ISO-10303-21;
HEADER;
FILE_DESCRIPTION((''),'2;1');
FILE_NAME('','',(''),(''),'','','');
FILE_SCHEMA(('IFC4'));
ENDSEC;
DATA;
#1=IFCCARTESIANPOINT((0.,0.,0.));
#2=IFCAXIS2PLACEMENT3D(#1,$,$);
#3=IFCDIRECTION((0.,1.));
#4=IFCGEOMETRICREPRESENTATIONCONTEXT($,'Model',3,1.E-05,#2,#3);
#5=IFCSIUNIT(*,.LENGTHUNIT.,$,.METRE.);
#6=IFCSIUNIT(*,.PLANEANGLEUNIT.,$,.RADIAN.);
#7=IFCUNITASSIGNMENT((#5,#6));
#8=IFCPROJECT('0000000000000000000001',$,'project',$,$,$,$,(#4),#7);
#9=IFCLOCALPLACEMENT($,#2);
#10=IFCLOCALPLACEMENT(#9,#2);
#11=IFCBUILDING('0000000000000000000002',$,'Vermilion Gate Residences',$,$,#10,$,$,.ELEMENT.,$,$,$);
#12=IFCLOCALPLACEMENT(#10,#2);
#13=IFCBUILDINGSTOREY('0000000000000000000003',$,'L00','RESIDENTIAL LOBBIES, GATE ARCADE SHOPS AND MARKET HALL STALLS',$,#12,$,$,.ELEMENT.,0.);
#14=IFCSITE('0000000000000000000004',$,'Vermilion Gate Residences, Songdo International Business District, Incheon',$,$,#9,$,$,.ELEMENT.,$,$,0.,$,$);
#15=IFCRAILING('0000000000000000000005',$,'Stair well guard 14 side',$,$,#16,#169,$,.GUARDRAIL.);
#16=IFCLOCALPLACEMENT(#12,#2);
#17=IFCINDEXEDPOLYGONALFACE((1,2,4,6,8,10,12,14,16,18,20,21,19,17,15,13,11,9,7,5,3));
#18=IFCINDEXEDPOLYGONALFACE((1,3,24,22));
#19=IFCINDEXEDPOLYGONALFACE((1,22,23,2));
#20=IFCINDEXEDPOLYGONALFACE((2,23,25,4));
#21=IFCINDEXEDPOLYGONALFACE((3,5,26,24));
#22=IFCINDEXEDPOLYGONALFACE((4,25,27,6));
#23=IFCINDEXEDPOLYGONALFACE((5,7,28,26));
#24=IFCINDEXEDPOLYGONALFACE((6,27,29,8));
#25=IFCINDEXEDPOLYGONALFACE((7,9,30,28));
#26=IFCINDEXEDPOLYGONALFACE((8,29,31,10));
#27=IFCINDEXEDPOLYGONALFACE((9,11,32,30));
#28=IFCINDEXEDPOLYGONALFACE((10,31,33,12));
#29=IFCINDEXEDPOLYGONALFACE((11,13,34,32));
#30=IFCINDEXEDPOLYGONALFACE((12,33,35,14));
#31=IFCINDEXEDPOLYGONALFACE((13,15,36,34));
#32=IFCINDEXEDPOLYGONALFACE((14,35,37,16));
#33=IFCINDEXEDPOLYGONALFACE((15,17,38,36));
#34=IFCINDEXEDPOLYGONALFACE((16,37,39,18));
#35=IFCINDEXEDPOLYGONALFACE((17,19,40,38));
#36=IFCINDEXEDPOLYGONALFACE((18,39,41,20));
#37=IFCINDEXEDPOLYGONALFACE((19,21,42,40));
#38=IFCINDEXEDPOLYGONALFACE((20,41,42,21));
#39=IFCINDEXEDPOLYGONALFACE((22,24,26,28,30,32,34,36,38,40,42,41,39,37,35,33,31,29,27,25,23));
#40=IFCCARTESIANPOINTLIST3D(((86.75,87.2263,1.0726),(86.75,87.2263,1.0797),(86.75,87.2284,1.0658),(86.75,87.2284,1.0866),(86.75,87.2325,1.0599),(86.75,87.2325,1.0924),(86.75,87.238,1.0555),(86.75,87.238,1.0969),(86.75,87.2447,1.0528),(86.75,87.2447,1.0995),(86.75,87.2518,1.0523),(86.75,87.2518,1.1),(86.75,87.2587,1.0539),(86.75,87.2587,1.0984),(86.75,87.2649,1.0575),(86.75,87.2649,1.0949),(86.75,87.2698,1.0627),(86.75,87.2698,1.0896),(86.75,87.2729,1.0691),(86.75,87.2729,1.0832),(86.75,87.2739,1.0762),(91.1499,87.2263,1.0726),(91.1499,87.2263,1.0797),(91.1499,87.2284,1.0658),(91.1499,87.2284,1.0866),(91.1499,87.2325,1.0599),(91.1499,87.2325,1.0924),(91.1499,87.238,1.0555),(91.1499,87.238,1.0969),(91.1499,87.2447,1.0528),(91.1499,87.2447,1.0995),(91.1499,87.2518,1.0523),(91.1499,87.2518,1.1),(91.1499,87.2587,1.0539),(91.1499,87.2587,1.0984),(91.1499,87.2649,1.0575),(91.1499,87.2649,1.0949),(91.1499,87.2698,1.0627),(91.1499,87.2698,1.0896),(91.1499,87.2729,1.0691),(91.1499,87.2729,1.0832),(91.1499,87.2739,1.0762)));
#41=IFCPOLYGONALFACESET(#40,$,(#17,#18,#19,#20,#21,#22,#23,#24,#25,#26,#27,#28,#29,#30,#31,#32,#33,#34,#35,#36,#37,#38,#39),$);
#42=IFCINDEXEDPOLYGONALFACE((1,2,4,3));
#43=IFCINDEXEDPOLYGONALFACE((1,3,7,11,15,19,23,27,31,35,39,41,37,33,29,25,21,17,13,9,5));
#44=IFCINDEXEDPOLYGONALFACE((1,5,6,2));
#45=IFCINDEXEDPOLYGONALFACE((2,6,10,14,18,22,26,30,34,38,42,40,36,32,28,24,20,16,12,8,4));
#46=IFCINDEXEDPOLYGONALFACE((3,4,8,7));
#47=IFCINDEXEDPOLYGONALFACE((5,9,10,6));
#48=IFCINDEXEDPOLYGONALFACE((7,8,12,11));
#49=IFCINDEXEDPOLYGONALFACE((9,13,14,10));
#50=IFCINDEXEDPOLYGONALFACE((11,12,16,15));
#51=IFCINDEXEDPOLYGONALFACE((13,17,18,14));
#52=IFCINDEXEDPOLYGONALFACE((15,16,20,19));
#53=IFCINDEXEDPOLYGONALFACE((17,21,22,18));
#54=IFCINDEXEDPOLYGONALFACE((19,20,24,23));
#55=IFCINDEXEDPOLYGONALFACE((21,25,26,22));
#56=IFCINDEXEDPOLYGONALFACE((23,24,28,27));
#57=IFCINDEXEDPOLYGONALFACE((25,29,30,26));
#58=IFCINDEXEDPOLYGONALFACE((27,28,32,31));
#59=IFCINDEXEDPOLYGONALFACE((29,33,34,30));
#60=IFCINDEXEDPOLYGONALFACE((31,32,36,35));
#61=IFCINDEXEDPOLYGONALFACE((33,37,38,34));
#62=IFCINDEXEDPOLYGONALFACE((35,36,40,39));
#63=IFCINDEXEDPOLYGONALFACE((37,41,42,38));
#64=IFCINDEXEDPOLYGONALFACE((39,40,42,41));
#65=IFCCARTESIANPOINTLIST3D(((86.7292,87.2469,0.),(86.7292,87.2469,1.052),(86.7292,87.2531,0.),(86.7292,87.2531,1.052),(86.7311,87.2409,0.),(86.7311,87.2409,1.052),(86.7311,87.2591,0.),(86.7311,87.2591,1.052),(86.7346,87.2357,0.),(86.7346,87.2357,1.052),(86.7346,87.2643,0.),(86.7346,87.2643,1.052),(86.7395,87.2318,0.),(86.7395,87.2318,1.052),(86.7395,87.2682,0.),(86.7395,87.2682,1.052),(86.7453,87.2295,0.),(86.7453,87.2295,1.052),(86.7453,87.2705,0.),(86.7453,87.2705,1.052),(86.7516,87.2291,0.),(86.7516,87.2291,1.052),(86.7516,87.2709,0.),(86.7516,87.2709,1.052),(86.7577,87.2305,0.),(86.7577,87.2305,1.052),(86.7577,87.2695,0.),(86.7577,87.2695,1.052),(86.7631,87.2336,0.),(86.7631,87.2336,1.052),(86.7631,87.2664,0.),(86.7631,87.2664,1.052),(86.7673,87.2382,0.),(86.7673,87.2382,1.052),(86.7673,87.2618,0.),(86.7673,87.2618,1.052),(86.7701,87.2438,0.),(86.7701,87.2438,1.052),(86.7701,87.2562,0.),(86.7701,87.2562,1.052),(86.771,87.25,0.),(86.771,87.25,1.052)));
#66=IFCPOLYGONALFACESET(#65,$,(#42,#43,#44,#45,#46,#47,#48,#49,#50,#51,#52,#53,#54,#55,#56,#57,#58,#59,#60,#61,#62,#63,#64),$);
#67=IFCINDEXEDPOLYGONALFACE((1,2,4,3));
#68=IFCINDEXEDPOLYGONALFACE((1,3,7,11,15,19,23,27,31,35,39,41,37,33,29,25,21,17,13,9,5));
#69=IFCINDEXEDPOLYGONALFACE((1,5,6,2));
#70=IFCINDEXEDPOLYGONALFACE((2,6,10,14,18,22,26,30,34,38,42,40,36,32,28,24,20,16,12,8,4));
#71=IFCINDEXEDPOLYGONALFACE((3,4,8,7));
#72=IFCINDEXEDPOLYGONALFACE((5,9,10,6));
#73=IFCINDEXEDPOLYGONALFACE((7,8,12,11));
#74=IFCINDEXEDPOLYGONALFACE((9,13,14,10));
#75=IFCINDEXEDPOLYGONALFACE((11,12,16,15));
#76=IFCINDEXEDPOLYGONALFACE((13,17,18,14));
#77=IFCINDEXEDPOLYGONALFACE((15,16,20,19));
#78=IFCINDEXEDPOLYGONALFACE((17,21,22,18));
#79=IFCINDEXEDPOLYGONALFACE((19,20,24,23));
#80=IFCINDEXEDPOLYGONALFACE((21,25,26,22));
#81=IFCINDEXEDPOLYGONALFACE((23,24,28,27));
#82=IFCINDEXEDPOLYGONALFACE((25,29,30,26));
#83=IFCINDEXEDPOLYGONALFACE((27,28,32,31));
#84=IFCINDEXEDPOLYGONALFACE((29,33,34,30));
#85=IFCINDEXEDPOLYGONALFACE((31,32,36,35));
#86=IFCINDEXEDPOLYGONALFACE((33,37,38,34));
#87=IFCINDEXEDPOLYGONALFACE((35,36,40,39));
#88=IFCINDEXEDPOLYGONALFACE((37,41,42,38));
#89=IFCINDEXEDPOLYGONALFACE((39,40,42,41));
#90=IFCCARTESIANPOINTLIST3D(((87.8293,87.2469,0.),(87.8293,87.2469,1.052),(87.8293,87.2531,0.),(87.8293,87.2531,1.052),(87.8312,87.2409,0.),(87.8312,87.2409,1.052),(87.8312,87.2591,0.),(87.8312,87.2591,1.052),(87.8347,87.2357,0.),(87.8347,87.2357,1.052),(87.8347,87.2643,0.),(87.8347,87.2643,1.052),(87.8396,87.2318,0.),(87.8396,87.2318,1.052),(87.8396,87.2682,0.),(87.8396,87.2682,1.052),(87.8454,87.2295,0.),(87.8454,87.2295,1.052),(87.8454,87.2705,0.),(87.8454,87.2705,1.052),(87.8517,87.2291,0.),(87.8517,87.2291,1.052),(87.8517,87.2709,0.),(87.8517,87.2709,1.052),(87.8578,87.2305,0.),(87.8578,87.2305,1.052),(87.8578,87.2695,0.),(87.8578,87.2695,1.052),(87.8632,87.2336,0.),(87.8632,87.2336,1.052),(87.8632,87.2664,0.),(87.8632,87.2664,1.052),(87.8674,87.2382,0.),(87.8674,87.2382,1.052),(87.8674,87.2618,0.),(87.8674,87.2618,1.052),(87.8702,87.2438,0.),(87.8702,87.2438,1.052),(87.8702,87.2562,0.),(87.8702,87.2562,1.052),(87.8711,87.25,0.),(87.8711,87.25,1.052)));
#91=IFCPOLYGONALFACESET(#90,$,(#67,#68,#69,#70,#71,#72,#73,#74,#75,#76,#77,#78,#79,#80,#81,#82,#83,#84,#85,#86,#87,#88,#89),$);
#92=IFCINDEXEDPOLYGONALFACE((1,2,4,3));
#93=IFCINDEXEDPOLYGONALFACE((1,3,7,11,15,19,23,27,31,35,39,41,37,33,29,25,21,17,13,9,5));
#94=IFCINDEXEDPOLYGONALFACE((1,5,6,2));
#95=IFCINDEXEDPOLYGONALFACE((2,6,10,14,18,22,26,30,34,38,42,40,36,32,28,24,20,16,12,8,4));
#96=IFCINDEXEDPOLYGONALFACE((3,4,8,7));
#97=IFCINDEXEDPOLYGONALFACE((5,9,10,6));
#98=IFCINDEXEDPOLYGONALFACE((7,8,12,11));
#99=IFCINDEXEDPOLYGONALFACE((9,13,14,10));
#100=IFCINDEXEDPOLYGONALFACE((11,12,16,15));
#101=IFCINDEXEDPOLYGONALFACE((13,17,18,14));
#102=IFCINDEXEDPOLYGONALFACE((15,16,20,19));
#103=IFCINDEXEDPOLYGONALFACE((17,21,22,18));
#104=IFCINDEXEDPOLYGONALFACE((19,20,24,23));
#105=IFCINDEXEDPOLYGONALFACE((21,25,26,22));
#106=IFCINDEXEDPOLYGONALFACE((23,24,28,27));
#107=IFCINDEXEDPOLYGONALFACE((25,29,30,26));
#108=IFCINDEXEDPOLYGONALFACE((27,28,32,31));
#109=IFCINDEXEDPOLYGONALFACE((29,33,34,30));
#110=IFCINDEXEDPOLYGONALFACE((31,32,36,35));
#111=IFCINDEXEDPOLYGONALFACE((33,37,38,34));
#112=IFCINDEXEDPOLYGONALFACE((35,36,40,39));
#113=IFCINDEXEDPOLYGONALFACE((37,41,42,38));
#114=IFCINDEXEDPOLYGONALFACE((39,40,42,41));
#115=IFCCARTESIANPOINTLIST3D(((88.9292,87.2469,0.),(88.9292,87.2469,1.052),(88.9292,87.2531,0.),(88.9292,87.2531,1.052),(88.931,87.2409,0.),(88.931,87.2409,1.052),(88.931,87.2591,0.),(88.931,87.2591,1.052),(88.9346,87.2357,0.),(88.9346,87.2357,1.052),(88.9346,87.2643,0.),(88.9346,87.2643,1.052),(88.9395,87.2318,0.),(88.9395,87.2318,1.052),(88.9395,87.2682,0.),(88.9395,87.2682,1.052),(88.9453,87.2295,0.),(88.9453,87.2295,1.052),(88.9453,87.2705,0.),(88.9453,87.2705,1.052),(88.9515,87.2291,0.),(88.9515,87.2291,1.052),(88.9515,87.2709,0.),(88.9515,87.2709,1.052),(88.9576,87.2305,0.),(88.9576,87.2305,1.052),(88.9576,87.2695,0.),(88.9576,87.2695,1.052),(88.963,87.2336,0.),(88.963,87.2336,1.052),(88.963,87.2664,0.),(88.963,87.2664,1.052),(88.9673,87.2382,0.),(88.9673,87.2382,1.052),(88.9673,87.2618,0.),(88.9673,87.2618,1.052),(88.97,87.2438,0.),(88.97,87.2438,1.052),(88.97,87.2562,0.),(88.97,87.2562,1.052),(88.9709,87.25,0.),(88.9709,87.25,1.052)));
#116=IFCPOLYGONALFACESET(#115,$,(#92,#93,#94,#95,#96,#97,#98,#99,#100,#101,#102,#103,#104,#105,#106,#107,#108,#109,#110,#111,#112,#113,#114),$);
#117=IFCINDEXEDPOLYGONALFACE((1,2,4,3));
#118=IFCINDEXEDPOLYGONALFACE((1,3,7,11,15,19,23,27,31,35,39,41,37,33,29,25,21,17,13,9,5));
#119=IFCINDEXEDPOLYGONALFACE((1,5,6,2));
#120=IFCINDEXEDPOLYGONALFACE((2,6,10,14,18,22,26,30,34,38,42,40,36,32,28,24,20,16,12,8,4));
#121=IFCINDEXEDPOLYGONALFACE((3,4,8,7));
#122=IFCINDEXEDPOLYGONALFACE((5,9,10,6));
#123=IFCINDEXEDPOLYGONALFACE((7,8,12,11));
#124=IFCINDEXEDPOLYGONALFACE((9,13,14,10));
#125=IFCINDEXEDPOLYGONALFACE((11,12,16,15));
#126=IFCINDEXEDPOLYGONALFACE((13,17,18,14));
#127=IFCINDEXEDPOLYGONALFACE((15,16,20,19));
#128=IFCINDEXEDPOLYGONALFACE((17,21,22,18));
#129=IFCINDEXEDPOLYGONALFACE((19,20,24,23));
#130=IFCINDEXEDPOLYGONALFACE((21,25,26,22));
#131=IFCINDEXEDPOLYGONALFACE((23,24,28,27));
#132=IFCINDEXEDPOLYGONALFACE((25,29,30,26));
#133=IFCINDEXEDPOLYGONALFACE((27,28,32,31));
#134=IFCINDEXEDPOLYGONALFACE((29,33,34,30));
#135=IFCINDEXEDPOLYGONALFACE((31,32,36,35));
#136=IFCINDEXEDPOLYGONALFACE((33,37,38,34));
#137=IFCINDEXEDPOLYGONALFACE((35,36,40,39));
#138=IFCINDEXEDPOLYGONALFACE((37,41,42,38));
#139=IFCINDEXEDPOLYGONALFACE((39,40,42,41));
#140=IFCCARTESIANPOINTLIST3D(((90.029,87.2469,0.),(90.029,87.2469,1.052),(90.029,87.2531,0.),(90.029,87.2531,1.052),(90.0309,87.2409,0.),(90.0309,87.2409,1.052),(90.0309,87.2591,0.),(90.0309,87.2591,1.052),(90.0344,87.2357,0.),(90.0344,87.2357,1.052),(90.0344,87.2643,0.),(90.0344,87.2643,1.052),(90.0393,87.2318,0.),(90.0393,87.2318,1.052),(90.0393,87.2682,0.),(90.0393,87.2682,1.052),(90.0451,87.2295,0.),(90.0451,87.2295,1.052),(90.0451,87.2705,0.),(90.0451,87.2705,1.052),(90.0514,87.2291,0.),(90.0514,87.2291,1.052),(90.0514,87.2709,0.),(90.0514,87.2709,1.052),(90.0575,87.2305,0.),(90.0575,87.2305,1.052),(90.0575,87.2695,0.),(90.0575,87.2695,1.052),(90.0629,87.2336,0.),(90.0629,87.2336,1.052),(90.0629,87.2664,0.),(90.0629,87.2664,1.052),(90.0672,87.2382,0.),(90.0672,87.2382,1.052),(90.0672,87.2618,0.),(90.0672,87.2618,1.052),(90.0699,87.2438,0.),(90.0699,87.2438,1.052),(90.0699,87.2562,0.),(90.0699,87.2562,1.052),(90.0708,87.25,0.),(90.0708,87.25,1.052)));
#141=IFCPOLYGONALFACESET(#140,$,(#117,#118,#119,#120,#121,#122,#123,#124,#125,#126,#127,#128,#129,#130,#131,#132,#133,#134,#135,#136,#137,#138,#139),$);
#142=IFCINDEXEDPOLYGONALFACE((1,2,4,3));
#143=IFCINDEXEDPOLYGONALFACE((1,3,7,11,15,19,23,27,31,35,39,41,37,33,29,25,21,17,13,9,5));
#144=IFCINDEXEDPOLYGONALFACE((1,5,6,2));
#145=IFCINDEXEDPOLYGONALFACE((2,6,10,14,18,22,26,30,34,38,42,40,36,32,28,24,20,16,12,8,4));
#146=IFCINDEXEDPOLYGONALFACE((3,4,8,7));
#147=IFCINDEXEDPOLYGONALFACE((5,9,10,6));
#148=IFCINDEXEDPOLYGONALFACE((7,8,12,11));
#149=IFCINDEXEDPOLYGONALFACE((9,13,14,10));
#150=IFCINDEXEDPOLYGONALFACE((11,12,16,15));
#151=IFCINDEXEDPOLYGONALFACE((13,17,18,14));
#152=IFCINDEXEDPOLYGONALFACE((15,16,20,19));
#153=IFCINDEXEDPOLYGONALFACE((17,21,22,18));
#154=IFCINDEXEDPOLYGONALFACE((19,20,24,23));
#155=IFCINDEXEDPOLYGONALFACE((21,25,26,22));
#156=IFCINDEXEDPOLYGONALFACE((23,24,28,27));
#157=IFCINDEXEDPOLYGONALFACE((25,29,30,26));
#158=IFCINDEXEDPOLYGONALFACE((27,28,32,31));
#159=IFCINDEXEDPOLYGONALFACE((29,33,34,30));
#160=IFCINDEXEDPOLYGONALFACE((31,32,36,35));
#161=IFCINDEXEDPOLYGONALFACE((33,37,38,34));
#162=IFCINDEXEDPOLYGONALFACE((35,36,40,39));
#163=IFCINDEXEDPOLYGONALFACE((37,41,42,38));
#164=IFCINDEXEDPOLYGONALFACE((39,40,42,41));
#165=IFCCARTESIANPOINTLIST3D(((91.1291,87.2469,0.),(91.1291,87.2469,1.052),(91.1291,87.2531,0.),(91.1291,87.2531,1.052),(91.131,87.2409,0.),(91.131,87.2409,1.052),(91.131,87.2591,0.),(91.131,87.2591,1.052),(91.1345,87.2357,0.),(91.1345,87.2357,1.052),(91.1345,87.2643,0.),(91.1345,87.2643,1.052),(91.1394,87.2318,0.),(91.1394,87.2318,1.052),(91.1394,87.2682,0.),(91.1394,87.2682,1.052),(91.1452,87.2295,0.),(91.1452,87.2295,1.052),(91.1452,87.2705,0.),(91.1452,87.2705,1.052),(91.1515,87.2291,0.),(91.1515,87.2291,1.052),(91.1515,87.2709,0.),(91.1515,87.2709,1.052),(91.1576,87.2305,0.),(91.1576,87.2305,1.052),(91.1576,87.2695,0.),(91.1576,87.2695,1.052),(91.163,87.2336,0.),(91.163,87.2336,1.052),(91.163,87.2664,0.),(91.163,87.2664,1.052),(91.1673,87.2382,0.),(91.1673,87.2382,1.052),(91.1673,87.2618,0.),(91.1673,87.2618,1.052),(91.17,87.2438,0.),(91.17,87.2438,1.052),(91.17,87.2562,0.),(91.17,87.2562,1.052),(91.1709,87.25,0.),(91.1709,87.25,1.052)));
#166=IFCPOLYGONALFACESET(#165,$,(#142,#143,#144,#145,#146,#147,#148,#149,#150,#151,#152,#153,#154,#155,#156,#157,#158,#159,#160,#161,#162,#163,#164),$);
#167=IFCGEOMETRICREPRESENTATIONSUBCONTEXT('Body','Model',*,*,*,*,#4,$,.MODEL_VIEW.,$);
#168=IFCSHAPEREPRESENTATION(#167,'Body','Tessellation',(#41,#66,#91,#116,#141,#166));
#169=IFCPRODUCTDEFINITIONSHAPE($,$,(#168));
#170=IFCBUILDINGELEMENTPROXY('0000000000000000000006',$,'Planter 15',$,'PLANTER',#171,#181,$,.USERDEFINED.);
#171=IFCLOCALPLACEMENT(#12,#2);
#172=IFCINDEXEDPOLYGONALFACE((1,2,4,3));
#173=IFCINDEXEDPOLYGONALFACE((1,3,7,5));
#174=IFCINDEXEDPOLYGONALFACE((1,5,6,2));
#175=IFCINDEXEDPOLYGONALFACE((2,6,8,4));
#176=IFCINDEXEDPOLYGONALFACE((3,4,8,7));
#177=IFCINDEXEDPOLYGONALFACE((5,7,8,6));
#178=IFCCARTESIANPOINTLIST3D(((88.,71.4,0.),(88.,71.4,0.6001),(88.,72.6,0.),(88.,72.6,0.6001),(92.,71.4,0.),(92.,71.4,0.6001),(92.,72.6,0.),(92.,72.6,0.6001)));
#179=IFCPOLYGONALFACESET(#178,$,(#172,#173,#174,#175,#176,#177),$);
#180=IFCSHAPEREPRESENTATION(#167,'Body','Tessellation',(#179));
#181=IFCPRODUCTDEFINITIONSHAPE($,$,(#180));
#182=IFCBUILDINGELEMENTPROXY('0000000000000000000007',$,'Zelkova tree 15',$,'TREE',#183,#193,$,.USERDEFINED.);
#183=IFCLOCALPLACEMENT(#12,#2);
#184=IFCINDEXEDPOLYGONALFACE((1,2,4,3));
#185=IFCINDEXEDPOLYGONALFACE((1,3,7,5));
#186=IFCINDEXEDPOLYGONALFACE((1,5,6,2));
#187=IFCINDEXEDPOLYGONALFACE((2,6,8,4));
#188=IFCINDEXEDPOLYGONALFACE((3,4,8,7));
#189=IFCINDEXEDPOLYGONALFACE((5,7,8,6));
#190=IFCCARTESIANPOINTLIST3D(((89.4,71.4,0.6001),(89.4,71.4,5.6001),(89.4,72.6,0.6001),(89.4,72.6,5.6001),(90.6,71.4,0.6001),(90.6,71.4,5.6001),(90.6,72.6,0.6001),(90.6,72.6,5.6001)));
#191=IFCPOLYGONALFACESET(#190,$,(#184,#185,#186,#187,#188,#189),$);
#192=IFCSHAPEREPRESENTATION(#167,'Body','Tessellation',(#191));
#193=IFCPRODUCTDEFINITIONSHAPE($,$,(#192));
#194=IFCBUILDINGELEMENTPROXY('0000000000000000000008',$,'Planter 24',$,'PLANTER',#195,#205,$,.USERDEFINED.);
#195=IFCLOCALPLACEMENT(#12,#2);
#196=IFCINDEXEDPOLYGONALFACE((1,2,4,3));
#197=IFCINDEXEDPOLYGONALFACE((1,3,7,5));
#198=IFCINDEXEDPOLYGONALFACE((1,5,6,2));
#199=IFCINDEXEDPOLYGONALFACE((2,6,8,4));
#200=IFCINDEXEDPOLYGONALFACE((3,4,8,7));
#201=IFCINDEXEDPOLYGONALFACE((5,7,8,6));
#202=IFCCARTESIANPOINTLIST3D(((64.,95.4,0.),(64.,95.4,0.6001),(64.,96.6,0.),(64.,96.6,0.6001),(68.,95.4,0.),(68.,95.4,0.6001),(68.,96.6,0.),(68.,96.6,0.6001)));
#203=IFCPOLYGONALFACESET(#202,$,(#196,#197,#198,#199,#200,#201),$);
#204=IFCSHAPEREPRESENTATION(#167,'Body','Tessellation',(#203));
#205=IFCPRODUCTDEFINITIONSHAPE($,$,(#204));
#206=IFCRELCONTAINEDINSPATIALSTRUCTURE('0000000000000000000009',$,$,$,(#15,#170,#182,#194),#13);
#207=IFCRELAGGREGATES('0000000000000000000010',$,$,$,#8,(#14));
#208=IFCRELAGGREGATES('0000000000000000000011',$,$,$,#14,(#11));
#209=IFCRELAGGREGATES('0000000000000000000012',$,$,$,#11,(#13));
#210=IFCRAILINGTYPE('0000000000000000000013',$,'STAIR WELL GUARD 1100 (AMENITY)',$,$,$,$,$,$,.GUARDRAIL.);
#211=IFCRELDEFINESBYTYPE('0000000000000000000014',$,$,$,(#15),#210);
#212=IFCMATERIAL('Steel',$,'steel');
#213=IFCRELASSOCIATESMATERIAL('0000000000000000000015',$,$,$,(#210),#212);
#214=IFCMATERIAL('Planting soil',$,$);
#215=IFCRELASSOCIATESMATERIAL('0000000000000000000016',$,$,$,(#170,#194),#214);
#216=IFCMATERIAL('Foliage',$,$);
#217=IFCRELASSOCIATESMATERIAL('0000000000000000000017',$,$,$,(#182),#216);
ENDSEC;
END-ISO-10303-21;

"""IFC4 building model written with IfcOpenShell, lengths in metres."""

from ifc_helpers import new_model, si_unit, direction, frame, origin, origin_2d, place, context, subcontext, project, spatial, rectangle, circle, extrude, material, type_object, element, save


model = new_model("IFC4")

# Units and contexts
model_context = context("Model", 3, precision=1e-05, world=origin(), true_north=direction((0.0, 1.0)))
body_context = subcontext(model_context, "Body", "Model", "MODEL_VIEW")
ifc_project = project(units=[si_unit("LENGTHUNIT", "METRE"), si_unit("PLANEANGLEUNIT", "RADIAN")], contexts=[model_context])

# Site, building, storey
site_placement = place(None, origin())
site = spatial("IfcSite", under=ifc_project, at=site_placement, Name="Vermilion Gate Residences, Songdo International Business District, Incheon", CompositionType="ELEMENT", RefElevation=0.0)
building_placement = place(site_placement, origin())
building = spatial("IfcBuilding", under=site, at=building_placement, Name="Vermilion Gate Residences", CompositionType="ELEMENT")
storey_placement = place(building_placement, origin())
storey = spatial("IfcBuildingStorey", under=building, at=storey_placement, Name="L00", Description="RESIDENTIAL LOBBIES, GATE ARCADE SHOPS AND MARKET HALL STALLS", CompositionType="ELEMENT", Elevation=0.0)

# Railing
ifc_material_1 = material(Name="Steel", Category="steel")
railing_type = type_object("IfcRailingType", Name="STAIR WELL GUARD 1100 (AMENITY)", PredefinedType="GUARDRAIL", material=ifc_material_1)
railing_1_placement = place(storey_placement, frame((86.75, 87.25, 0.0)))
element("IfcRailing", 1, at=railing_1_placement, inside=storey, type_object=railing_type, Name="Stair well guard 14 side", PredefinedType="GUARDRAIL", context=body_context, shape_type="SweptSolid", body=[
    extrude(circle(Radius=0.0239, at=origin_2d()), frame((0.0, 0.0, 1.0762), z_axis=(1.0, 0.0, 0.0), x_axis=(0.0, 1.0, 0.0)), (0.0, 0.0, 1.0), 4.3999),
    extrude(circle(Radius=0.021, at=origin_2d()), origin(), (0.0, 0.0, 1.0), 1.052),
    extrude(circle(Radius=0.021, at=origin_2d()), frame((1.1001, 0.0, 0.0)), (0.0, 0.0, 1.0), 1.052),
    extrude(circle(Radius=0.021, at=origin_2d()), frame((2.2, 0.0, 0.0)), (0.0, 0.0, 1.0), 1.052),
    extrude(circle(Radius=0.021, at=origin_2d()), frame((3.2998, 0.0, 0.0)), (0.0, 0.0, 1.0), 1.052),
    extrude(circle(Radius=0.021, at=origin_2d()), frame((4.3999, 0.0, 0.0)), (0.0, 0.0, 1.0), 1.052),
])

# Building element proxies
ifc_material_2 = material(Name="Planting soil")
proxy_1_placement = place(storey_placement, frame((90.0, 72.0, 0.0), z_axis=(0.0, 0.0, 1.0), x_axis=(1.0, 0.0, 0.0)))
element("IfcBuildingElementProxy", 2, at=proxy_1_placement, inside=storey, material=ifc_material_2, Name="Planter 15", ObjectType="PLANTER", PredefinedType="USERDEFINED", context=body_context, shape_type="SweptSolid", body=[
    extrude(rectangle(XDim=4.0, YDim=1.2, at=origin_2d()), origin(), (0.0, 0.0, 1.0), 0.6001),
])
ifc_material_3 = material(Name="Foliage")
proxy_2_placement = place(storey_placement, frame((90.0, 72.0, 0.6001), z_axis=(0.0, 0.0, 1.0), x_axis=(1.0, 0.0, 0.0)))
element("IfcBuildingElementProxy", 3, at=proxy_2_placement, inside=storey, material=ifc_material_3, Name="Zelkova tree 15", ObjectType="TREE", PredefinedType="USERDEFINED", context=body_context, shape_type="SweptSolid", body=[
    extrude(rectangle(XDim=1.2, YDim=1.2, at=origin_2d()), origin(), (0.0, 0.0, 1.0), 5.0),
])
proxy_3_placement = place(storey_placement, frame((66.0, 96.0, 0.0), z_axis=(0.0, 0.0, 1.0), x_axis=(1.0, 0.0, 0.0)))
element("IfcBuildingElementProxy", 4, at=proxy_3_placement, inside=storey, material=ifc_material_2, Name="Planter 24", ObjectType="PLANTER", PredefinedType="USERDEFINED", context=body_context, shape_type="SweptSolid", body=[
    extrude(rectangle(XDim=4.0, YDim=1.2, at=origin_2d()), origin(), (0.0, 0.0, 1.0), 0.6001),
])

save(model, "model.ifc")
